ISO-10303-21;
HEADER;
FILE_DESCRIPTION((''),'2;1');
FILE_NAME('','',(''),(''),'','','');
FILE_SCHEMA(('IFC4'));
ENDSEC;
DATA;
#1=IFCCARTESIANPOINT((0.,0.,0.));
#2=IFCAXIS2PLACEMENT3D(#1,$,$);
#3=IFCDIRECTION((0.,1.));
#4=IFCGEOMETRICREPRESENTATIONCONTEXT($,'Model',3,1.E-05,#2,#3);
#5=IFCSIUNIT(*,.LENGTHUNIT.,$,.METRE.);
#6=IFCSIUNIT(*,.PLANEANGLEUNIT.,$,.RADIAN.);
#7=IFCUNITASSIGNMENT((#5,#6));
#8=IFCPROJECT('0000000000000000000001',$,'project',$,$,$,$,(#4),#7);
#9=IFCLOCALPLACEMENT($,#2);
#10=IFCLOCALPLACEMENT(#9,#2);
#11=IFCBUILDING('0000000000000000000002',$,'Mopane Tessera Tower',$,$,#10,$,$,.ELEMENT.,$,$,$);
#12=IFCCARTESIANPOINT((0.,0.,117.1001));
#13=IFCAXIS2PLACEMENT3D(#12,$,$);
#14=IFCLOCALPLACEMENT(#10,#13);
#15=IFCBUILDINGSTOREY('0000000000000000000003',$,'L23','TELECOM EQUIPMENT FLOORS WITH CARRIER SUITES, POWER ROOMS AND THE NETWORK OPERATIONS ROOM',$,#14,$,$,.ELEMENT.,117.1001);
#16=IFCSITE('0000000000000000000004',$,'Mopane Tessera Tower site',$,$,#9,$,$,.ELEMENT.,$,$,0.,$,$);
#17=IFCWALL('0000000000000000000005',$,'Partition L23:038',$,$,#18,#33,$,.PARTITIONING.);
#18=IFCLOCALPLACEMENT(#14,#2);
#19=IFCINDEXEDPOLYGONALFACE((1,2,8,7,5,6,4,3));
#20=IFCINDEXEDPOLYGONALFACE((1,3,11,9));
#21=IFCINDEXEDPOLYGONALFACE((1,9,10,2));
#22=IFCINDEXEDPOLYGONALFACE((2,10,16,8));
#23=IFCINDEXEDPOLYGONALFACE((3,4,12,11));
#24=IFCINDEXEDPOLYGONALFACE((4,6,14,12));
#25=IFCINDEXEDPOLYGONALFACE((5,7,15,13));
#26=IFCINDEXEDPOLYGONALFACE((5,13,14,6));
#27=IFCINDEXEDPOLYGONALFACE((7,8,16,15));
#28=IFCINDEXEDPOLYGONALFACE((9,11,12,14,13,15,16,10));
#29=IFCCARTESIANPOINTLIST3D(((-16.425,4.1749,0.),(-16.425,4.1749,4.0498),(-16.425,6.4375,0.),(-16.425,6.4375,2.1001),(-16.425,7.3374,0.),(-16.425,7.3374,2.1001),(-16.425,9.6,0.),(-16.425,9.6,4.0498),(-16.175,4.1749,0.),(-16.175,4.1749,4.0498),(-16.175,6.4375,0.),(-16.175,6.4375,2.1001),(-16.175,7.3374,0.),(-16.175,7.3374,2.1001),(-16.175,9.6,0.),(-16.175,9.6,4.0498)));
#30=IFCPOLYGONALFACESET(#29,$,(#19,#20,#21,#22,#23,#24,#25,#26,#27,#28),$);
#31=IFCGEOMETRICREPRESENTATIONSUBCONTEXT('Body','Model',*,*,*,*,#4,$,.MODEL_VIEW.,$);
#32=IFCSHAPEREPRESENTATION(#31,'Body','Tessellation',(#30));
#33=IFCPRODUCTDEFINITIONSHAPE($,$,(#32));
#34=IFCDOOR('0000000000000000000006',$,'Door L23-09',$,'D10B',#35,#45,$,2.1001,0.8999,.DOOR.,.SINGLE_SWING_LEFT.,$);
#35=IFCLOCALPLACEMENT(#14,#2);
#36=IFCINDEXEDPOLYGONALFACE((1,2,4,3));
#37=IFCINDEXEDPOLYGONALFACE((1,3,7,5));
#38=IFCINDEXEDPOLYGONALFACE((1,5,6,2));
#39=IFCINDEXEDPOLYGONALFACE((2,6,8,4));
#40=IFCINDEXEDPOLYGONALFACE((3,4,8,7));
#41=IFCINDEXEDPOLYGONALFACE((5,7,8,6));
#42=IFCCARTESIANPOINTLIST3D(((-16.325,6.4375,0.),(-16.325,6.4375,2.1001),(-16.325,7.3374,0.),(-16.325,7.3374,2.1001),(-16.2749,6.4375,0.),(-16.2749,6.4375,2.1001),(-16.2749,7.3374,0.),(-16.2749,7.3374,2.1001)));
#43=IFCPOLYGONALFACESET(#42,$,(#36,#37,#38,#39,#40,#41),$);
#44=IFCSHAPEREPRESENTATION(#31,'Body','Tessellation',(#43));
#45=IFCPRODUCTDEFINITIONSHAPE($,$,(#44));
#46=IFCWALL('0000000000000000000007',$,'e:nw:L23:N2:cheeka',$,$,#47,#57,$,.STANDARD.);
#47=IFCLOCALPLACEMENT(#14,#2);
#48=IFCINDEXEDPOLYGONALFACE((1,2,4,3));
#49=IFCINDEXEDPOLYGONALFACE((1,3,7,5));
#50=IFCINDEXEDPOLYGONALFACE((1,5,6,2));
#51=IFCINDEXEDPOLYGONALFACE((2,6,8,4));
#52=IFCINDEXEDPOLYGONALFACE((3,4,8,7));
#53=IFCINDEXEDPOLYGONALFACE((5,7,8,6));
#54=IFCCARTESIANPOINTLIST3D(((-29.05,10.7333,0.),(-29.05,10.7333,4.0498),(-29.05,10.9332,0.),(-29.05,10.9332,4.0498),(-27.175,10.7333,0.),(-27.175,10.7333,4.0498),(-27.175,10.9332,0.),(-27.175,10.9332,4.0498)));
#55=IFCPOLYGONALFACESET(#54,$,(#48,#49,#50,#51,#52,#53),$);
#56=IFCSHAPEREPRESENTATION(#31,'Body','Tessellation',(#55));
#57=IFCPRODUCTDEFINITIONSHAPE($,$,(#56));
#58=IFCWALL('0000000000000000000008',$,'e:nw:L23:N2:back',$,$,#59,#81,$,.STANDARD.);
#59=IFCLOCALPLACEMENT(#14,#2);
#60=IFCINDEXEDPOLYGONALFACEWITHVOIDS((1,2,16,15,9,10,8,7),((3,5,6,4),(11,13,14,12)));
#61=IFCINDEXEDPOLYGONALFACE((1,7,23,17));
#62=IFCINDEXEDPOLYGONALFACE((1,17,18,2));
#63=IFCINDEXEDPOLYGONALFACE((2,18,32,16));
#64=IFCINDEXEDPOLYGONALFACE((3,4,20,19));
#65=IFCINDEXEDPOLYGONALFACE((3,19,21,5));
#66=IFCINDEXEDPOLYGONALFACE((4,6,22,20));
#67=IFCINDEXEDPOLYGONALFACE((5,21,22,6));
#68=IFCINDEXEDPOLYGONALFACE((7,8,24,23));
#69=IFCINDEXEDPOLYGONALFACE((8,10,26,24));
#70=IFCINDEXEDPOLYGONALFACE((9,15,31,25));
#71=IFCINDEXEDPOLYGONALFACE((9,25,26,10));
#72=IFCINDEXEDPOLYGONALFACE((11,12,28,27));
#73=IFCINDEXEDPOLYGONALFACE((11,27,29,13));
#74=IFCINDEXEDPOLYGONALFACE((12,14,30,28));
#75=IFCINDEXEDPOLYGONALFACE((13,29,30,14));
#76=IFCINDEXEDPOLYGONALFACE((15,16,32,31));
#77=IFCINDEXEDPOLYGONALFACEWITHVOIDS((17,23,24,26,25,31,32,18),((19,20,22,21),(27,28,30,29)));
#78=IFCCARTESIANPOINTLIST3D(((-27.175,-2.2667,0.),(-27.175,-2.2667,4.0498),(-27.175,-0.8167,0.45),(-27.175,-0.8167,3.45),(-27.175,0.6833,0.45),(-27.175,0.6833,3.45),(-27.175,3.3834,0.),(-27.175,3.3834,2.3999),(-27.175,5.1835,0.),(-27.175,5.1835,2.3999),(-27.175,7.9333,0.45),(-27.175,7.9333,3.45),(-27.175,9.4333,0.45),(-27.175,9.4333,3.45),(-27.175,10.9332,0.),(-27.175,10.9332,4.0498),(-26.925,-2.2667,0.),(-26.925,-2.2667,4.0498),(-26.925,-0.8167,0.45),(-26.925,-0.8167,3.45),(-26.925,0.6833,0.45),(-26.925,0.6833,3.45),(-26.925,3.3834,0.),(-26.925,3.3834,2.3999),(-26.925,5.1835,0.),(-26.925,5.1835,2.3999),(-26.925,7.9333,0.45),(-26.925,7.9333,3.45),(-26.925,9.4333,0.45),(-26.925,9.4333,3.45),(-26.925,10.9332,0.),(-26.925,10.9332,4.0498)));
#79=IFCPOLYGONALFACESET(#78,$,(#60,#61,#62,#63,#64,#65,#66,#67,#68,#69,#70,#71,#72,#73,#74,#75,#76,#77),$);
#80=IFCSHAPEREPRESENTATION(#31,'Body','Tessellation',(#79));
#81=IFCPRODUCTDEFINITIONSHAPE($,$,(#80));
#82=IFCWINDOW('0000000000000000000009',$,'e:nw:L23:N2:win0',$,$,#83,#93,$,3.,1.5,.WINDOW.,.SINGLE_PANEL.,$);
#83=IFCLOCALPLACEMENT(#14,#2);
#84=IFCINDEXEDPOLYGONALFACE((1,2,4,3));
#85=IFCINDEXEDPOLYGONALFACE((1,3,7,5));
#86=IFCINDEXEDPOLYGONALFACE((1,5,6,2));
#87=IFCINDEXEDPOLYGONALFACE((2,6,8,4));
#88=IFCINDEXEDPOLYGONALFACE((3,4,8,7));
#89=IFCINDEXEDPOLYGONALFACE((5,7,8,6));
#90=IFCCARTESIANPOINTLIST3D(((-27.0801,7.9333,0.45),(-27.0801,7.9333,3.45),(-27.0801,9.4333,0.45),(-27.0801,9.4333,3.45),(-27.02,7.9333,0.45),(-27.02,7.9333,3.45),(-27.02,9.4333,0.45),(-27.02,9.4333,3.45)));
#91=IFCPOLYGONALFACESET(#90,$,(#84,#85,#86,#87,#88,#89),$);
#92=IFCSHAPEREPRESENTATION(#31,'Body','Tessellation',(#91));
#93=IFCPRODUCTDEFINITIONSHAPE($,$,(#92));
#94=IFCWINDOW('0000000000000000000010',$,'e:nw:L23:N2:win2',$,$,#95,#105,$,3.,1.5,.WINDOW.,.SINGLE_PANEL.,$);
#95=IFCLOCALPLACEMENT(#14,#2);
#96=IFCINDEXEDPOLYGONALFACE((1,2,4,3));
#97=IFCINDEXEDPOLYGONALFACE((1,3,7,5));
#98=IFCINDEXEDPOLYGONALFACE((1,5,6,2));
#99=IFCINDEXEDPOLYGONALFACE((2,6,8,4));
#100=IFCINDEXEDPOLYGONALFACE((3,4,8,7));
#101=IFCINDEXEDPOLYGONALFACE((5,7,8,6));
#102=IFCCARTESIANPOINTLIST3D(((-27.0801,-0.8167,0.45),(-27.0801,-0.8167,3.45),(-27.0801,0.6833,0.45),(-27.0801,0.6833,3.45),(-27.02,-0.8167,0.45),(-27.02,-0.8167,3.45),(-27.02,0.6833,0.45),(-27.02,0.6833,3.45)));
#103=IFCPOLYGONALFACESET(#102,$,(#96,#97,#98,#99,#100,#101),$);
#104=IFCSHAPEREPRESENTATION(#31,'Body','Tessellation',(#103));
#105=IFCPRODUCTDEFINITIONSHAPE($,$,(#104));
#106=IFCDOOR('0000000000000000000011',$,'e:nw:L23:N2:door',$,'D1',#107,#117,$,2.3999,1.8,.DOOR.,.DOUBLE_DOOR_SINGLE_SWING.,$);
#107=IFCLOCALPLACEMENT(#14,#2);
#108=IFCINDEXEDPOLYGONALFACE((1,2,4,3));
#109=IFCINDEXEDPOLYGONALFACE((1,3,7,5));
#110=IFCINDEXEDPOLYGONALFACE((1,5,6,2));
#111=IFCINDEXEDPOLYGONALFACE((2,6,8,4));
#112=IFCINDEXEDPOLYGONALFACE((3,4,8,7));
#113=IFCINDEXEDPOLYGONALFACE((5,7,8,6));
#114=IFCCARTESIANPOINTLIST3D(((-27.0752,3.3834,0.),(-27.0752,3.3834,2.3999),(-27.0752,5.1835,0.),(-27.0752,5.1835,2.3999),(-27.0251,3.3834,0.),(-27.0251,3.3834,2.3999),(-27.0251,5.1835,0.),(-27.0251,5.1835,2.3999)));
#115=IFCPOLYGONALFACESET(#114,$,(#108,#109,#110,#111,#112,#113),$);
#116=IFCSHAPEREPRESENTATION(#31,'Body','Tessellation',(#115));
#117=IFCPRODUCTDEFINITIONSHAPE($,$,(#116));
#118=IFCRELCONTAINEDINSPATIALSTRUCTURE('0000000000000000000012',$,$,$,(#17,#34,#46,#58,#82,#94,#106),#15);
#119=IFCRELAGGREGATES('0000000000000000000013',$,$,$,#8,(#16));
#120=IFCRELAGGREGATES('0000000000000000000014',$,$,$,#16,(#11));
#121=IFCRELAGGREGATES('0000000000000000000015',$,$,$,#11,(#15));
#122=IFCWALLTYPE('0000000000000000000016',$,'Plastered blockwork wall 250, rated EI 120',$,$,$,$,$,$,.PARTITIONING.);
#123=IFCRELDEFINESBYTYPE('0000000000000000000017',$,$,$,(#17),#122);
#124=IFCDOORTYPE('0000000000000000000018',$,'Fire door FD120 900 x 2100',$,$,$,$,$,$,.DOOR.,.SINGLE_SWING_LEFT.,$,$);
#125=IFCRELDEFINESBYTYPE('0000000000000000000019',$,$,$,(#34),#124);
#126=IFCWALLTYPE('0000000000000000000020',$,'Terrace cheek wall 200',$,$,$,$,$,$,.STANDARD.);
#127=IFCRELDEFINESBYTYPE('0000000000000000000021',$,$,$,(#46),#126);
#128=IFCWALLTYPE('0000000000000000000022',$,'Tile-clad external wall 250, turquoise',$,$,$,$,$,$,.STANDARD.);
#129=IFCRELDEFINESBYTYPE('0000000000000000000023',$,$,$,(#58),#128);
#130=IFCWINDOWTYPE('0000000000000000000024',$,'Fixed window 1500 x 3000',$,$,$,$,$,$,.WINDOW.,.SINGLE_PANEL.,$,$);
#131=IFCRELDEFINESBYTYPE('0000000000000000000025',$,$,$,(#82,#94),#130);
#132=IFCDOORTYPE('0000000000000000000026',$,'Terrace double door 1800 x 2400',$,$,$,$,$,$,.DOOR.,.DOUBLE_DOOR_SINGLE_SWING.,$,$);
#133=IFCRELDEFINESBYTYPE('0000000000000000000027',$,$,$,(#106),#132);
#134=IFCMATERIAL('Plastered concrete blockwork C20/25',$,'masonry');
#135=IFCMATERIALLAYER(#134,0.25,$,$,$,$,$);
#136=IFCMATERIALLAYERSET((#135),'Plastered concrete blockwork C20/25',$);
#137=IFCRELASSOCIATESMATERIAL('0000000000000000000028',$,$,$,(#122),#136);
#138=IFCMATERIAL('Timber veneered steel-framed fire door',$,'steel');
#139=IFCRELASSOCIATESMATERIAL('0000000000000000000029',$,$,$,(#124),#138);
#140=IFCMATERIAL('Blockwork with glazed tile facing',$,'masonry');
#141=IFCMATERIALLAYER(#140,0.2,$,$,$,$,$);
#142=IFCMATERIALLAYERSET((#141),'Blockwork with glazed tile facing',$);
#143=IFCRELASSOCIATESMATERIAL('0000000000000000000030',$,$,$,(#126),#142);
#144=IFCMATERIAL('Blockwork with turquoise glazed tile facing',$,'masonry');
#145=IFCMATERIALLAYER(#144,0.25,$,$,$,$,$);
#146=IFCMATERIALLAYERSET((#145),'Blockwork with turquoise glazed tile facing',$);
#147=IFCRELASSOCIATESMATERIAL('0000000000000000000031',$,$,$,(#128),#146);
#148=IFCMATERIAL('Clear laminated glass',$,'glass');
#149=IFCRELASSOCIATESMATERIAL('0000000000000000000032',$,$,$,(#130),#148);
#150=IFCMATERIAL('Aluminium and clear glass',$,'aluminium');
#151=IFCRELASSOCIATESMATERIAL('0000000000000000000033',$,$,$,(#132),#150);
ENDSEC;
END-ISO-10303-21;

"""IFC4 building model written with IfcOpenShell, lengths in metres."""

from ifc_helpers import new_model, si_unit, direction, frame, frame_2d, origin, place, context, subcontext, project, spatial, rectangle, extrude, material, layer, layer_set, type_object, element, fill, save


model = new_model("IFC4")

# Units and contexts
model_context = context("Model", 3, precision=1e-05, world=origin(), true_north=direction((0.0, 1.0)))
body_context = subcontext(model_context, "Body", "Model", "MODEL_VIEW")
ifc_project = project(units=[si_unit("LENGTHUNIT", "METRE"), si_unit("PLANEANGLEUNIT", "RADIAN")], contexts=[model_context])

# Site, building, storey
site_placement = place(None, origin())
site = spatial("IfcSite", under=ifc_project, at=site_placement, Name="Mopane Tessera Tower site", CompositionType="ELEMENT", RefElevation=0.0)
building_placement = place(site_placement, origin())
building = spatial("IfcBuilding", under=site, at=building_placement, Name="Mopane Tessera Tower", CompositionType="ELEMENT")
storey_placement = place(building_placement, frame((0.0, 0.0, 117.1001)))
storey = spatial("IfcBuildingStorey", under=building, at=storey_placement, Name="L23", Description="TELECOM EQUIPMENT FLOORS WITH CARRIER SUITES, POWER ROOMS AND THE NETWORK OPERATIONS ROOM", CompositionType="ELEMENT", Elevation=117.1001)

# Shared definitions
ifc_material_1 = material(Name="Plastered concrete blockwork C20/25", Category="masonry")
ifc_layer_1 = layer(ifc_material_1, 0.25)
ifc_layer_set_1 = layer_set([ifc_layer_1], Name="Plastered concrete blockwork C20/25")
wall_type_1 = type_object("IfcWallType", Name="Plastered blockwork wall 250, rated EI 120", PredefinedType="PARTITIONING", material=ifc_layer_set_1)

# Wall, opening, door
wall_1_placement = place(storey_placement, frame((-16.3, 4.175, 0.0), z_axis=(0.0, 0.0, 1.0), x_axis=(0.0, 1.0, 0.0)))
wall_1 = element("IfcWall", 1, at=wall_1_placement, inside=storey, type_object=wall_type_1, Name="Partition L23:038", PredefinedType="PARTITIONING", context=body_context, shape_type="SweptSolid", body=[
    extrude(rectangle(XDim=5.425, YDim=0.25, at=frame_2d((2.7124, 0.0))), origin(), (0.0, 0.0, 1.0), 4.0498),
])
opening_1_placement = place(wall_1_placement, frame((2.2625, 0.0, 0.0)))
opening_1 = element("IfcOpeningElement", 2, at=opening_1_placement, cuts=wall_1, PredefinedType="OPENING", context=body_context, shape_type="SweptSolid", body=[
    extrude(rectangle(XDim=0.8999, YDim=2.1001, at=frame_2d((0.45, 1.05))), frame((0.0, 0.137, 0.0), z_axis=(0.0, -1.0, 0.0), x_axis=(1.0, 0.0, 0.0)), (0.0, 0.0, 1.0), 0.2739),
])
ifc_material_2 = material(Name="Timber veneered steel-framed fire door", Category="steel")
door_type_1 = type_object("IfcDoorType", Name="Fire door FD120 900 x 2100", OperationType="SINGLE_SWING_LEFT", PredefinedType="DOOR", material=ifc_material_2)
door_1_placement = place(opening_1_placement, origin())
door_1 = element("IfcDoor", 3, at=door_1_placement, inside=storey, type_object=door_type_1, Name="Door L23-09", ObjectType="D10B", OperationType="SINGLE_SWING_LEFT", OverallHeight=2.1001, OverallWidth=0.8999, PredefinedType="DOOR", context=body_context, shape_type="SweptSolid", body=[
    extrude(rectangle(XDim=0.8999, YDim=2.1001, at=frame_2d((0.45, 1.05))), frame((0.0, 0.0249, 0.0), z_axis=(0.0, -1.0, 0.0), x_axis=(1.0, 0.0, 0.0)), (0.0, 0.0, 1.0), 0.05),
])
fill(opening_1, door_1)

# Wall
ifc_material_3 = material(Name="Blockwork with glazed tile facing", Category="masonry")
ifc_layer_2 = layer(ifc_material_3, 0.2)
ifc_layer_set_2 = layer_set([ifc_layer_2], Name="Blockwork with glazed tile facing")
wall_type_2 = type_object("IfcWallType", Name="Terrace cheek wall 200", PredefinedType="STANDARD", material=ifc_layer_set_2)
wall_2_placement = place(storey_placement, frame((-29.05, 10.8333, 0.0), z_axis=(0.0, 0.0, 1.0), x_axis=(1.0, 0.0, 0.0)))
element("IfcWall", 4, at=wall_2_placement, inside=storey, type_object=wall_type_2, Name="e:nw:L23:N2:cheeka", PredefinedType="STANDARD", context=body_context, shape_type="SweptSolid", body=[
    extrude(rectangle(XDim=1.875, YDim=0.2, at=frame_2d((0.9375, 0.0))), origin(), (0.0, 0.0, 1.0), 4.0498),
])

# Wall, openings, windows, door
ifc_material_4 = material(Name="Blockwork with turquoise glazed tile facing", Category="masonry")
ifc_layer_3 = layer(ifc_material_4, 0.25)
ifc_layer_set_3 = layer_set([ifc_layer_3], Name="Blockwork with turquoise glazed tile facing")
wall_type_3 = type_object("IfcWallType", Name="Tile-clad external wall 250, turquoise", PredefinedType="STANDARD", material=ifc_layer_set_3)
wall_3_placement = place(storey_placement, frame((-27.05, 10.9333, 0.0), z_axis=(0.0, 0.0, 1.0), x_axis=(0.0, -1.0, 0.0)))
wall_3 = element("IfcWall", 5, at=wall_3_placement, inside=storey, type_object=wall_type_3, Name="e:nw:L23:N2:back", PredefinedType="STANDARD", context=body_context, shape_type="SweptSolid", body=[
    extrude(rectangle(XDim=13.2, YDim=0.25, at=frame_2d((6.6001, 0.0))), origin(), (0.0, 0.0, 1.0), 4.0498),
])
opening_2_placement = place(wall_3_placement, frame((1.5, 0.0, 0.45)))
opening_2 = element("IfcOpeningElement", 6, at=opening_2_placement, cuts=wall_3, PredefinedType="OPENING", context=body_context, shape_type="SweptSolid", body=[
    extrude(rectangle(XDim=1.5, YDim=3.0, at=frame_2d((0.75, 1.5))), frame((0.0, 0.137, 0.0), z_axis=(0.0, -1.0, 0.0), x_axis=(1.0, 0.0, 0.0)), (0.0, 0.0, 1.0), 0.2739),
])
opening_3_placement = place(wall_3_placement, frame((5.75, 0.0, 0.0)))
opening_3 = element("IfcOpeningElement", 7, at=opening_3_placement, cuts=wall_3, PredefinedType="OPENING", context=body_context, shape_type="SweptSolid", body=[
    extrude(rectangle(XDim=1.8, YDim=2.3999, at=frame_2d((0.8999, 1.2))), frame((0.0, 0.137, 0.0), z_axis=(0.0, -1.0, 0.0), x_axis=(1.0, 0.0, 0.0)), (0.0, 0.0, 1.0), 0.2739),
])
opening_4_placement = place(wall_3_placement, frame((10.25, 0.0, 0.45)))
opening_4 = element("IfcOpeningElement", 8, at=opening_4_placement, cuts=wall_3, PredefinedType="OPENING", context=body_context, shape_type="SweptSolid", body=[
    extrude(rectangle(XDim=1.5, YDim=3.0, at=frame_2d((0.75, 1.5))), frame((0.0, 0.137, 0.0), z_axis=(0.0, -1.0, 0.0), x_axis=(1.0, 0.0, 0.0)), (0.0, 0.0, 1.0), 0.2739),
])
ifc_material_5 = material(Name="Clear laminated glass", Category="glass")
window_type = type_object("IfcWindowType", Name="Fixed window 1500 x 3000", PartitioningType="SINGLE_PANEL", PredefinedType="WINDOW", material=ifc_material_5)
window_1_placement = place(opening_2_placement, origin())
window_1 = element("IfcWindow", 9, at=window_1_placement, inside=storey, type_object=window_type, Name="e:nw:L23:N2:win0", OverallHeight=3.0, OverallWidth=1.5, PartitioningType="SINGLE_PANEL", PredefinedType="WINDOW", context=body_context, shape_type="SweptSolid", body=[
    extrude(rectangle(XDim=1.5, YDim=3.0, at=frame_2d((0.75, 1.5))), frame((0.0, 0.03, 0.0), z_axis=(0.0, -1.0, 0.0), x_axis=(1.0, 0.0, 0.0)), (0.0, 0.0, 1.0), 0.0601),
])
fill(opening_2, window_1)
window_2_placement = place(opening_4_placement, origin())
window_2 = element("IfcWindow", 10, at=window_2_placement, inside=storey, type_object=window_type, Name="e:nw:L23:N2:win2", OverallHeight=3.0, OverallWidth=1.5, PartitioningType="SINGLE_PANEL", PredefinedType="WINDOW", context=body_context, shape_type="SweptSolid", body=[
    extrude(rectangle(XDim=1.5, YDim=3.0, at=frame_2d((0.75, 1.5))), frame((0.0, 0.03, 0.0), z_axis=(0.0, -1.0, 0.0), x_axis=(1.0, 0.0, 0.0)), (0.0, 0.0, 1.0), 0.0601),
])
fill(opening_4, window_2)
ifc_material_6 = material(Name="Aluminium and clear glass", Category="aluminium")
door_type_2 = type_object("IfcDoorType", Name="Terrace double door 1800 x 2400", OperationType="DOUBLE_DOOR_SINGLE_SWING", PredefinedType="DOOR", material=ifc_material_6)
door_2_placement = place(opening_3_placement, origin())
door_2 = element("IfcDoor", 11, at=door_2_placement, inside=storey, type_object=door_type_2, Name="e:nw:L23:N2:door", ObjectType="D1", OperationType="DOUBLE_DOOR_SINGLE_SWING", OverallHeight=2.3999, OverallWidth=1.8, PredefinedType="DOOR", context=body_context, shape_type="SweptSolid", body=[
    extrude(rectangle(XDim=1.8, YDim=2.3999, at=frame_2d((0.8999, 1.2))), frame((0.0, 0.0249, 0.0), z_axis=(0.0, -1.0, 0.0), x_axis=(1.0, 0.0, 0.0)), (0.0, 0.0, 1.0), 0.05),
])
fill(opening_3, door_2)

save(model, "model.ifc")
